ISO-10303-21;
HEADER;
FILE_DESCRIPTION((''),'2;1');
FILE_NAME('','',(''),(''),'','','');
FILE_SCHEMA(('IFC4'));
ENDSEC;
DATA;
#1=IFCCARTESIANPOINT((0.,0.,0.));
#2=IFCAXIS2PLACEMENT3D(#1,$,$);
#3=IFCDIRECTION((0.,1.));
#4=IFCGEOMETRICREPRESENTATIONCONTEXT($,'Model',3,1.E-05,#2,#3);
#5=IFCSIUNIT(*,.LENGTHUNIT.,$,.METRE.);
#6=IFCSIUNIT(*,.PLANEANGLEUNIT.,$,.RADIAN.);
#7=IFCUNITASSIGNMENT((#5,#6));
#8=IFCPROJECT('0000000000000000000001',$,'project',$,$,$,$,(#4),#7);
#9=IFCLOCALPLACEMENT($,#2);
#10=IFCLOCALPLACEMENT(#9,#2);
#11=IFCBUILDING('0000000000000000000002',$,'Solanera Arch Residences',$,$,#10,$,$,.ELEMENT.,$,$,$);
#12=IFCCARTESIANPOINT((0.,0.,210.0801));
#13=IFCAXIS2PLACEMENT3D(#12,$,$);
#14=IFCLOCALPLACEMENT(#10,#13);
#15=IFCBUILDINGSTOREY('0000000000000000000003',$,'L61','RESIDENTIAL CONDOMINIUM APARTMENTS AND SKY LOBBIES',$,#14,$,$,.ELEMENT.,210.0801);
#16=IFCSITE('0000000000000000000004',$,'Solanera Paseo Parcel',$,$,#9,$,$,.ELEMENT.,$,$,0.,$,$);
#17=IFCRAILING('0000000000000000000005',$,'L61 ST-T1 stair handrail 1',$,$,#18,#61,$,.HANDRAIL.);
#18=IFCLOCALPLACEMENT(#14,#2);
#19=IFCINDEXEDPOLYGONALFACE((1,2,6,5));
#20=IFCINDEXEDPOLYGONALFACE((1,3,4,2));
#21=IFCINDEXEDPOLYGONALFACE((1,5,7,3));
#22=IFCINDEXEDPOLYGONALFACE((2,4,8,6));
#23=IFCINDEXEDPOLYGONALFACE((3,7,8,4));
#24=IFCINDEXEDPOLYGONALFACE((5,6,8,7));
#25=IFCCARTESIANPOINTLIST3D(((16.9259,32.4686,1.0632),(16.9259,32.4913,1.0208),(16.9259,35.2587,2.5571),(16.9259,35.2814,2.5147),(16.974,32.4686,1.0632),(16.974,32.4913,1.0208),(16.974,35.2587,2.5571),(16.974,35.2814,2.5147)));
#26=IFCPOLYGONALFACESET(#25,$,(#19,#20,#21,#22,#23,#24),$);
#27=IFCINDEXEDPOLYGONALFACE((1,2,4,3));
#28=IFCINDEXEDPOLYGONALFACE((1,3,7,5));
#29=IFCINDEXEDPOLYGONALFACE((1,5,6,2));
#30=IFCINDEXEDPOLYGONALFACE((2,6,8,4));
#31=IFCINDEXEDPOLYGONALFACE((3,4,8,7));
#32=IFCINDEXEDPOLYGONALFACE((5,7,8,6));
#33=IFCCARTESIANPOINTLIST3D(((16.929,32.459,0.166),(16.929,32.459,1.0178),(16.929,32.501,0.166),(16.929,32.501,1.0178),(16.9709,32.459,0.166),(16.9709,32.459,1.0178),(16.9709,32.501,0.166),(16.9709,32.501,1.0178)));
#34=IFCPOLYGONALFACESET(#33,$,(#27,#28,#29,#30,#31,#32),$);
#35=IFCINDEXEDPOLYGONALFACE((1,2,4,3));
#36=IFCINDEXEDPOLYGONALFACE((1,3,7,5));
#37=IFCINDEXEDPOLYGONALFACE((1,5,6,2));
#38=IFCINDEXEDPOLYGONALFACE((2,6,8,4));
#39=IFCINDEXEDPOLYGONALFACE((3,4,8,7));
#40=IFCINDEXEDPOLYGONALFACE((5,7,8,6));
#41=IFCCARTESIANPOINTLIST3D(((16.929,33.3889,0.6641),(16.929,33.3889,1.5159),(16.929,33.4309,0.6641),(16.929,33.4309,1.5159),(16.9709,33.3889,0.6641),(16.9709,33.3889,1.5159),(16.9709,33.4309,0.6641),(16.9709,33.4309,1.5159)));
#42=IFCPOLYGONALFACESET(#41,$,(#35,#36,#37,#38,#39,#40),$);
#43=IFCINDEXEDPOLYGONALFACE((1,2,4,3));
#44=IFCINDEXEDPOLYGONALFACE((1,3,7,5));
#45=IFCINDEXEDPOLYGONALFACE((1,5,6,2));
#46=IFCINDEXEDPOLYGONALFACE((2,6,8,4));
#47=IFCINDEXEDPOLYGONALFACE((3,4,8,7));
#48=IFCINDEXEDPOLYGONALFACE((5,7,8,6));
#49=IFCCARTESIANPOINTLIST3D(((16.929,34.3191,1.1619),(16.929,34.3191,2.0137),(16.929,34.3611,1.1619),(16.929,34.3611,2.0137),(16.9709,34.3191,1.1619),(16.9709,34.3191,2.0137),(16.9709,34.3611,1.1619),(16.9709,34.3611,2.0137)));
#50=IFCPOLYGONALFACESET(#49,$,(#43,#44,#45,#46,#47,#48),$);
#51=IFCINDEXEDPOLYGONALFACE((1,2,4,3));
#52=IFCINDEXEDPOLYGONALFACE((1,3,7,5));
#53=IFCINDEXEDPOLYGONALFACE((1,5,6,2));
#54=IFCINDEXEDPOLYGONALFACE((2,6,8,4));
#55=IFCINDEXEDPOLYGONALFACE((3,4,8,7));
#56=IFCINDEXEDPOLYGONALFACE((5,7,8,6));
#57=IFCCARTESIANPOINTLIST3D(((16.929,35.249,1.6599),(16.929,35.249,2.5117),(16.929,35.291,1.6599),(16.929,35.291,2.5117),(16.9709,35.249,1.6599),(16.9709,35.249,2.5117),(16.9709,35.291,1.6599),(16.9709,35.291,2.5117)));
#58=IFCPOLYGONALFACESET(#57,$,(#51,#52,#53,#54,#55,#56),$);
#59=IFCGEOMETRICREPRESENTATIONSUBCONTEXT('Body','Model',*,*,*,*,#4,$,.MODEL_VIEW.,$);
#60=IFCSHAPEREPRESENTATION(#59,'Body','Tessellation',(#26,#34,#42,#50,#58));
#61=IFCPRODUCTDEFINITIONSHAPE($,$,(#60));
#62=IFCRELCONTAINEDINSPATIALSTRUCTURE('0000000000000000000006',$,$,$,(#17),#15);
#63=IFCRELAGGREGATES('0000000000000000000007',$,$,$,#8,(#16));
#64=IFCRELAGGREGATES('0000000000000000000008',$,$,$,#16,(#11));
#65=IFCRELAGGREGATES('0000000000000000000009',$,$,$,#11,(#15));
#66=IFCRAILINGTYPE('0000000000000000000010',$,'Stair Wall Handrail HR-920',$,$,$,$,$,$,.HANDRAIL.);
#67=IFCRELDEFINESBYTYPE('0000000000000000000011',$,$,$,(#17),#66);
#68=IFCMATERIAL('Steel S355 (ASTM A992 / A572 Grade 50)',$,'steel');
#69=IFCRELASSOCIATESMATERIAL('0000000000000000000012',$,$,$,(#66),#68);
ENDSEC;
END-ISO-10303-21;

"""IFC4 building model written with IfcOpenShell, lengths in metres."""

from ifc_helpers import new_model, si_unit, direction, frame, origin, origin_2d, place, context, subcontext, project, spatial, rectangle, extrude, material, type_object, element, save


model = new_model("IFC4")

# Units and contexts
model_context = context("Model", 3, precision=1e-05, world=origin(), true_north=direction((0.0, 1.0)))
body_context = subcontext(model_context, "Body", "Model", "MODEL_VIEW")
ifc_project = project(units=[si_unit("LENGTHUNIT", "METRE"), si_unit("PLANEANGLEUNIT", "RADIAN")], contexts=[model_context])

# Site, building, storey
site_placement = place(None, origin())
site = spatial("IfcSite", under=ifc_project, at=site_placement, Name="Solanera Paseo Parcel", CompositionType="ELEMENT", RefElevation=0.0)
building_placement = place(site_placement, origin())
building = spatial("IfcBuilding", under=site, at=building_placement, Name="Solanera Arch Residences", CompositionType="ELEMENT")
storey_placement = place(building_placement, frame((0.0, 0.0, 210.0801)))
storey = spatial("IfcBuildingStorey", under=building, at=storey_placement, Name="L61", Description="RESIDENTIAL CONDOMINIUM APARTMENTS AND SKY LOBBIES", CompositionType="ELEMENT", Elevation=210.0801)

# Railing
ifc_material_1 = material(Name="Steel S355 (ASTM A992 / A572 Grade 50)", Category="steel")
railing_type_1 = type_object("IfcRailingType", Name="Stair Wall Handrail HR-920", PredefinedType="HANDRAIL", material=ifc_material_1)
railing_1_placement = place(storey_placement, frame((16.95, 32.48, 0.166)))
element("IfcRailing", 1, at=railing_1_placement, inside=storey, type_object=railing_type_1, Name="L61 ST-T1 stair handrail 1", PredefinedType="HANDRAIL", context=body_context, shape_type="SweptSolid", body=[
    extrude(rectangle(XDim=0.0481, YDim=0.0481, at=origin_2d()), frame((0.0, 0.0, 0.876), z_axis=(0.0, 0.881581, 0.472033), x_axis=(-1.0, 0.0, 0.0)), (0.0, 0.0, 1.0), 3.1648),
    extrude(rectangle(XDim=0.042, YDim=0.042, at=origin_2d()), origin(), (0.0, 0.0, 1.0), 0.8518),
    extrude(rectangle(XDim=0.042, YDim=0.042, at=origin_2d()), frame((0.0, 0.9299, 0.498)), (0.0, 0.0, 1.0), 0.8518),
    extrude(rectangle(XDim=0.042, YDim=0.042, at=origin_2d()), frame((0.0, 1.8601, 0.9958)), (0.0, 0.0, 1.0), 0.8518),
    extrude(rectangle(XDim=0.042, YDim=0.042, at=origin_2d()), frame((0.0, 2.79, 1.4939)), (0.0, 0.0, 1.0), 0.8518),
])

save(model, "model.ifc")
